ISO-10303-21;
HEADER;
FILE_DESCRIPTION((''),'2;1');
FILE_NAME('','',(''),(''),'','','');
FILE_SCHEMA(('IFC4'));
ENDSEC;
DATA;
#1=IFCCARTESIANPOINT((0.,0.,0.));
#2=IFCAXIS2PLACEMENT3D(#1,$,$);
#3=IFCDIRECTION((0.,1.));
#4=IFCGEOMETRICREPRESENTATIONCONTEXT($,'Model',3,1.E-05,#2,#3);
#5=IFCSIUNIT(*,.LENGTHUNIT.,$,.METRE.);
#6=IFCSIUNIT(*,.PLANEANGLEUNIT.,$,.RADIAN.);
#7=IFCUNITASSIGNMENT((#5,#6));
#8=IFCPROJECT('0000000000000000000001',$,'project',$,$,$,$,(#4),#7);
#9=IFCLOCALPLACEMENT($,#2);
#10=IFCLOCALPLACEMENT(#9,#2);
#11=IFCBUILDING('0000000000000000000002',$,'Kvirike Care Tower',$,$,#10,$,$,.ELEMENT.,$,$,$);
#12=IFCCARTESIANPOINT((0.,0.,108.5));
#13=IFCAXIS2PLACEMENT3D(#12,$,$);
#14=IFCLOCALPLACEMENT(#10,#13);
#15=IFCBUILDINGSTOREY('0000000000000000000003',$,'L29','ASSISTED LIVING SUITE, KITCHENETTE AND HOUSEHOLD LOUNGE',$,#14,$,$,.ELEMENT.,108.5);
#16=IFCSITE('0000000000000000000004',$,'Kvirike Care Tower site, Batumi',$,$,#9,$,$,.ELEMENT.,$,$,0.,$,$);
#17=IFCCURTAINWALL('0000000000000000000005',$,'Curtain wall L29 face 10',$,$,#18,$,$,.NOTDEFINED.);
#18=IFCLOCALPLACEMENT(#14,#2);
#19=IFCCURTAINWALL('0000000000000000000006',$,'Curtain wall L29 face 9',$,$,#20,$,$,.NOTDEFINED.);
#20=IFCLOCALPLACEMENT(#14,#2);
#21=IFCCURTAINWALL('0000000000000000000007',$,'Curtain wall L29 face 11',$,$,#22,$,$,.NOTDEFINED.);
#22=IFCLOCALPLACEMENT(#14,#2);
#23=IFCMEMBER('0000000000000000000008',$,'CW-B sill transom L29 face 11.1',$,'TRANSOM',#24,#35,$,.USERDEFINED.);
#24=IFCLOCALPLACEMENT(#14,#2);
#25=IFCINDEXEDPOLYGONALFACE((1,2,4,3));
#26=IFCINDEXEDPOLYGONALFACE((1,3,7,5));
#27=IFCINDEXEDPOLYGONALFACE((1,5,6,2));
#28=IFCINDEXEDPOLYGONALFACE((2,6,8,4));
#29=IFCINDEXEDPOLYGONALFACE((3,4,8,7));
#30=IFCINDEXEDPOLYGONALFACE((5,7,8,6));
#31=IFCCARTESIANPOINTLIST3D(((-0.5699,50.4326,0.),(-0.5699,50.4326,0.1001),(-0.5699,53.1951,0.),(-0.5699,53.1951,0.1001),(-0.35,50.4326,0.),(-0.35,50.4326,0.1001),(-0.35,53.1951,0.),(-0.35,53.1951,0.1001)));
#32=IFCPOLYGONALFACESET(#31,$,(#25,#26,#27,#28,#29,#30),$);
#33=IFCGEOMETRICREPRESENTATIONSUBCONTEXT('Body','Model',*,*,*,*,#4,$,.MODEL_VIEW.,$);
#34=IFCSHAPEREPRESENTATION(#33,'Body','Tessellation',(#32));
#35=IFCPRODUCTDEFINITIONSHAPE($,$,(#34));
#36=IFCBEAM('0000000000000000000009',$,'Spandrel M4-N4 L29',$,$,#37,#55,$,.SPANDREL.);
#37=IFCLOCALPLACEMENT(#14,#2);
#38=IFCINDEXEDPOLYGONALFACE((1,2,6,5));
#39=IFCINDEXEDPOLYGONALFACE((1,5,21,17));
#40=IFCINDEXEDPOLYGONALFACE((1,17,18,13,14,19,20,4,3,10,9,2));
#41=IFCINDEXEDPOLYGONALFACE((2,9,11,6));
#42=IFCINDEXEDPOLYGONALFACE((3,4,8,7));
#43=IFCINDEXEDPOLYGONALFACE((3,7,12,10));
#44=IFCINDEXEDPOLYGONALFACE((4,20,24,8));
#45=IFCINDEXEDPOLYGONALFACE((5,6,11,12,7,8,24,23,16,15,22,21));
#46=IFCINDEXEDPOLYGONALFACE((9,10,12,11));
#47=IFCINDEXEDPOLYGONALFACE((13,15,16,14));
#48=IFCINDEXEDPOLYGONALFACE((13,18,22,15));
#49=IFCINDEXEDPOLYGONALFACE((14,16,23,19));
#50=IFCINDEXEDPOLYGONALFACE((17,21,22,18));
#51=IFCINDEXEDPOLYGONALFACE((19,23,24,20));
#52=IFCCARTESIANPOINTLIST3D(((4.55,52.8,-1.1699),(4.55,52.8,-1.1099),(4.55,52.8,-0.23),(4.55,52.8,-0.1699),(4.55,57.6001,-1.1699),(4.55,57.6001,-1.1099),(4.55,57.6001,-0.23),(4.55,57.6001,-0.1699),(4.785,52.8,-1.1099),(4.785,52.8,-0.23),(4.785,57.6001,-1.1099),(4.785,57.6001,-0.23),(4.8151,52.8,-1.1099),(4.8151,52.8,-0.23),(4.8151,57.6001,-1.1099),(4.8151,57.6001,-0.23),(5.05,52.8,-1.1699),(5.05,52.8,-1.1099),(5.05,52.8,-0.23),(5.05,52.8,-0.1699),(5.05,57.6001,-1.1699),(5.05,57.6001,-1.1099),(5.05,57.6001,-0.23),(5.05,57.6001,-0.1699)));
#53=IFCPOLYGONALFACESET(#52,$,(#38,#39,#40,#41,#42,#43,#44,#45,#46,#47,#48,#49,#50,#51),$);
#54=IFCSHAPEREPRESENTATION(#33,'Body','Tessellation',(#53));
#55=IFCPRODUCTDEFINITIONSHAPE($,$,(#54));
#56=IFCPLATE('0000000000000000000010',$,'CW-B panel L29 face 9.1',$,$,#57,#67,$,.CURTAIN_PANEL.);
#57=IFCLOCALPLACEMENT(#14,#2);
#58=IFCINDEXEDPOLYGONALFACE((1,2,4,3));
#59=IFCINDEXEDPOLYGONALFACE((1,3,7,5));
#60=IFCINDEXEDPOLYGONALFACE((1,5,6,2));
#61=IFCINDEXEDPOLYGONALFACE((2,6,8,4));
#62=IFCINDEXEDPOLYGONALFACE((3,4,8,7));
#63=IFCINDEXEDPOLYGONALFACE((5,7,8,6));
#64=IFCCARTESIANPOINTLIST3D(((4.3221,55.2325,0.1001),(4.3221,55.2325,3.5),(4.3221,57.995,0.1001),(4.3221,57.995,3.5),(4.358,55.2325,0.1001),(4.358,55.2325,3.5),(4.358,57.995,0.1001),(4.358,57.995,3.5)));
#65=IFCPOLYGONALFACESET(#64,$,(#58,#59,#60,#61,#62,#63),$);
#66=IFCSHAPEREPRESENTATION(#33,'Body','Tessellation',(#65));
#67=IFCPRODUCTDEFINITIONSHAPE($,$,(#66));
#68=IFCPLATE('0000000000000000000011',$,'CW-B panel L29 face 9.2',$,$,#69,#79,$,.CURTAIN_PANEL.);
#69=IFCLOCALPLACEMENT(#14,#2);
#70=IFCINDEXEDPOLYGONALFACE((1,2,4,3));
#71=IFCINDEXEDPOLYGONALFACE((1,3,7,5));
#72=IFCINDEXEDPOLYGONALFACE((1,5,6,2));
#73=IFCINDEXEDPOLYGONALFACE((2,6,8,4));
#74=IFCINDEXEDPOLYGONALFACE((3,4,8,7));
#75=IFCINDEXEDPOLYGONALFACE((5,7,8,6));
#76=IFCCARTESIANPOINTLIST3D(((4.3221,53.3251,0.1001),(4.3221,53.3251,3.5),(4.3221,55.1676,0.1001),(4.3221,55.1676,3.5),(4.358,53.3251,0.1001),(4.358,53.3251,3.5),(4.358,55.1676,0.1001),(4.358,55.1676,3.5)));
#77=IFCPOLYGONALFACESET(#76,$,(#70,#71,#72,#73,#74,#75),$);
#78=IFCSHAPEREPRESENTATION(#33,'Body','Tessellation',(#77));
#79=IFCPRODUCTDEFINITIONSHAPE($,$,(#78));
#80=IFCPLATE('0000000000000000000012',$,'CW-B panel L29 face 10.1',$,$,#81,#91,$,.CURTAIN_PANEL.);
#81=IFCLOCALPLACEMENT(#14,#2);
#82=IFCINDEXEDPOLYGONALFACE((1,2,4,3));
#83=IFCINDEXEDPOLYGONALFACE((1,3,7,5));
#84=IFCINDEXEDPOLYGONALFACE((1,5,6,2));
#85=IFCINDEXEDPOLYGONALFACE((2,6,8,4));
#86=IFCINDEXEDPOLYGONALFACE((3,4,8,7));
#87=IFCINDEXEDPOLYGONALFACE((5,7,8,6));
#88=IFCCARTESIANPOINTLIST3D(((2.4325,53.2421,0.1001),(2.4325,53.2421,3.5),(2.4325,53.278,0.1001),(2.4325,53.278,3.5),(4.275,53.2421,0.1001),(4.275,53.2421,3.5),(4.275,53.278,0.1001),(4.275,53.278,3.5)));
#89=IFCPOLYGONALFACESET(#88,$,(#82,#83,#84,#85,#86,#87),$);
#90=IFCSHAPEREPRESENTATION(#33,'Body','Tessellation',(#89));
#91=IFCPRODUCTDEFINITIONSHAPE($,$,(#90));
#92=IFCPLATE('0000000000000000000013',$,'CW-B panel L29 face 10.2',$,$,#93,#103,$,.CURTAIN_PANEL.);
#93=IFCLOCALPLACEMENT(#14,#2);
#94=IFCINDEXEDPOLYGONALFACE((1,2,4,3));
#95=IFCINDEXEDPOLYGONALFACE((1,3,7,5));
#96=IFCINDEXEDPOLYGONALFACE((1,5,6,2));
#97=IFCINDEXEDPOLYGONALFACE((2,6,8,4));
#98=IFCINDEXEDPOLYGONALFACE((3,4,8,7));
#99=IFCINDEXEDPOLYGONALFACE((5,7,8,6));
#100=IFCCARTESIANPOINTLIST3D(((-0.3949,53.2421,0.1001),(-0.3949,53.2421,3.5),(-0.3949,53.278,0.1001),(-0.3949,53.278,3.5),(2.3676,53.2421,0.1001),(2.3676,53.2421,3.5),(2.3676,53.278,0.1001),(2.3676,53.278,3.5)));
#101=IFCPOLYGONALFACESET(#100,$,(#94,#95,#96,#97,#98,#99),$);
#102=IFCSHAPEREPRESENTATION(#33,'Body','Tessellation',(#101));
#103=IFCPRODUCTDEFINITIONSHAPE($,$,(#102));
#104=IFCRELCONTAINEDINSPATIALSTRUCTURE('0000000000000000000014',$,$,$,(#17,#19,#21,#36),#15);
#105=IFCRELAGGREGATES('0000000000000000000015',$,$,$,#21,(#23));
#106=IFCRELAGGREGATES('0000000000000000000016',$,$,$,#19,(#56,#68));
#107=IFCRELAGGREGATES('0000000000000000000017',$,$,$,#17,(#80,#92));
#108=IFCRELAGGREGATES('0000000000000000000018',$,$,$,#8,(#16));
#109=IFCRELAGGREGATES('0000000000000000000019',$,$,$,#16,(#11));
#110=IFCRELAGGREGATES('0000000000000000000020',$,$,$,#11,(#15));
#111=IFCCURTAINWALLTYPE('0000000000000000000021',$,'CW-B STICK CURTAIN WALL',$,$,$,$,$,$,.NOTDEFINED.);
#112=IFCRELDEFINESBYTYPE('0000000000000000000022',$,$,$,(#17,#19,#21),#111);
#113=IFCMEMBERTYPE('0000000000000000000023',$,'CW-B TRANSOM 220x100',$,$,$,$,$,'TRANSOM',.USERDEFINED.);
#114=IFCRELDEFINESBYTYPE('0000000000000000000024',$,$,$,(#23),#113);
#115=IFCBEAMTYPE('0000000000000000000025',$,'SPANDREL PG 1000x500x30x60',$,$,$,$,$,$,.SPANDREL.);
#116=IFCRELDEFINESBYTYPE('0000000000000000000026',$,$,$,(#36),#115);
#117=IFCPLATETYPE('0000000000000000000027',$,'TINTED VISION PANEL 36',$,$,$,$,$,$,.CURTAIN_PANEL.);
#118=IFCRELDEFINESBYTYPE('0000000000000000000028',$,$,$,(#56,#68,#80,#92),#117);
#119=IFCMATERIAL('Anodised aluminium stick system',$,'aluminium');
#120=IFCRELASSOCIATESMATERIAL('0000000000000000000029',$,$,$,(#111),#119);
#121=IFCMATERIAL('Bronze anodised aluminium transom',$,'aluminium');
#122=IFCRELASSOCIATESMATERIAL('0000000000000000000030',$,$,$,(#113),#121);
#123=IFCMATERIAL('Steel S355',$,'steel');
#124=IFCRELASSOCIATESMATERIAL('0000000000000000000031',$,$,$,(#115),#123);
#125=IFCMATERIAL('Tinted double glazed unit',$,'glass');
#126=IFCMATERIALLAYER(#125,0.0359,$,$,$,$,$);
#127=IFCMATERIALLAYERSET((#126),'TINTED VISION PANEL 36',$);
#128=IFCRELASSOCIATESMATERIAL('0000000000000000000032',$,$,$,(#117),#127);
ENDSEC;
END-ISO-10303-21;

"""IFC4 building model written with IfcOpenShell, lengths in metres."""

from ifc_helpers import new_model, si_unit, direction, frame, origin, origin_2d, place, context, subcontext, project, spatial, rectangle, i_section, extrude, material, layer, layer_set, material_profile, profile_set, type_object, element, aggregate, save


model = new_model("IFC4")

# Units and contexts
model_context = context("Model", 3, precision=1e-05, world=origin(), true_north=direction((0.0, 1.0)))
body_context = subcontext(model_context, "Body", "Model", "MODEL_VIEW")
ifc_project = project(units=[si_unit("LENGTHUNIT", "METRE"), si_unit("PLANEANGLEUNIT", "RADIAN")], contexts=[model_context])

# Site, building, storey
site_placement = place(None, origin())
site = spatial("IfcSite", under=ifc_project, at=site_placement, Name="Kvirike Care Tower site, Batumi", CompositionType="ELEMENT", RefElevation=0.0)
building_placement = place(site_placement, origin())
building = spatial("IfcBuilding", under=site, at=building_placement, Name="Kvirike Care Tower", CompositionType="ELEMENT")
storey_placement = place(building_placement, frame((0.0, 0.0, 108.5)))
storey = spatial("IfcBuildingStorey", under=building, at=storey_placement, Name="L29", Description="ASSISTED LIVING SUITE, KITCHENETTE AND HOUSEHOLD LOUNGE", CompositionType="ELEMENT", Elevation=108.5)

# Curtain wall
ifc_material_1 = material(Name="Anodised aluminium stick system", Category="aluminium")
curtain_wall_type = type_object("IfcCurtainWallType", Name="CW-B STICK CURTAIN WALL", PredefinedType="NOTDEFINED", material=ifc_material_1)
curtain_wall_1_placement = place(storey_placement, origin())
curtain_wall_1 = element("IfcCurtainWall", 1, at=curtain_wall_1_placement, inside=storey, type_object=curtain_wall_type, Name="Curtain wall L29 face 10", PredefinedType="NOTDEFINED")

# Curtain wall
curtain_wall_2_placement = place(storey_placement, origin())
curtain_wall_2 = element("IfcCurtainWall", 2, at=curtain_wall_2_placement, inside=storey, type_object=curtain_wall_type, Name="Curtain wall L29 face 9", PredefinedType="NOTDEFINED")

# Curtain wall
curtain_wall_3_placement = place(storey_placement, origin())
curtain_wall_3 = element("IfcCurtainWall", 3, at=curtain_wall_3_placement, inside=storey, type_object=curtain_wall_type, Name="Curtain wall L29 face 11", PredefinedType="NOTDEFINED")

# Member
ifc_material_2 = material(Name="Bronze anodised aluminium transom", Category="aluminium")
ifc_material_profile_1 = material_profile(ifc_material_2, rectangle(XDim=0.22, YDim=0.1001, at=origin_2d()), Name="CW-B TRANSOM 220x100")
ifc_profile_set_1 = profile_set([ifc_material_profile_1], Name="Bronze anodised aluminium transom")
member_type_1 = type_object("IfcMemberType", Name="CW-B TRANSOM 220x100", ElementType="TRANSOM", PredefinedType="USERDEFINED", material=ifc_profile_set_1)
member_1_placement = place(storey_placement, frame((-0.46, 53.1951, 0.05), z_axis=(0.0, -1.0, 0.0), x_axis=(1.0, 0.0, 0.0)))
member_1 = element("IfcMember", 4, at=member_1_placement, type_object=member_type_1, Name="CW-B sill transom L29 face 11.1", ObjectType="TRANSOM", PredefinedType="USERDEFINED", context=body_context, shape_type="SweptSolid", body=[
    extrude(rectangle(XDim=0.22, YDim=0.1001, at=origin_2d()), origin(), (0.0, 0.0, 1.0), 2.7625),
])
aggregate(curtain_wall_3, [member_1])

# Beam
ifc_material_3 = material(Name="Steel S355", Category="steel")
ifc_material_profile_2 = material_profile(ifc_material_3, i_section(OverallWidth=0.5, OverallDepth=1.0, WebThickness=0.03, FlangeThickness=0.0601, at=origin_2d()), Name="PG 1000x500x30x60")
ifc_profile_set_2 = profile_set([ifc_material_profile_2], Name="Steel S355")
beam_type = type_object("IfcBeamType", Name="SPANDREL PG 1000x500x30x60", PredefinedType="SPANDREL", material=ifc_profile_set_2)
beam_placement = place(storey_placement, frame((4.8, 52.8, -0.6699), z_axis=(0.0, 1.0, 0.0), x_axis=(-1.0, 0.0, 0.0)))
element("IfcBeam", 5, at=beam_placement, inside=storey, type_object=beam_type, Name="Spandrel M4-N4 L29", PredefinedType="SPANDREL", context=body_context, shape_type="SweptSolid", body=[
    extrude(i_section(OverallWidth=0.5, OverallDepth=1.0, WebThickness=0.03, FlangeThickness=0.0601, at=origin_2d()), origin(), (0.0, 0.0, 1.0), 4.8),
])

# Plates
ifc_material_4 = material(Name="Tinted double glazed unit", Category="glass")
ifc_layer = layer(ifc_material_4, 0.0359)
ifc_layer_set = layer_set([ifc_layer], Name="TINTED VISION PANEL 36")
plate_type = type_object("IfcPlateType", Name="TINTED VISION PANEL 36", PredefinedType="CURTAIN_PANEL", material=ifc_layer_set)
plate_1_placement = place(storey_placement, frame((4.3401, 56.6138, 0.1001), z_axis=(0.0, 0.0, 1.0), x_axis=(0.0, -1.0, 0.0)))
plate_1 = element("IfcPlate", 6, at=plate_1_placement, type_object=plate_type, Name="CW-B panel L29 face 9.1", PredefinedType="CURTAIN_PANEL", context=body_context, shape_type="SweptSolid", body=[
    extrude(rectangle(XDim=2.7625, YDim=0.0359, at=origin_2d()), origin(), (0.0, 0.0, 1.0), 3.3999),
])
plate_2_placement = place(storey_placement, frame((4.3401, 54.2463, 0.1001), z_axis=(0.0, 0.0, 1.0), x_axis=(0.0, -1.0, 0.0)))
plate_2 = element("IfcPlate", 7, at=plate_2_placement, type_object=plate_type, Name="CW-B panel L29 face 9.2", PredefinedType="CURTAIN_PANEL", context=body_context, shape_type="SweptSolid", body=[
    extrude(rectangle(XDim=1.8425, YDim=0.0359, at=origin_2d()), origin(), (0.0, 0.0, 1.0), 3.3999),
])
aggregate(curtain_wall_2, [plate_1, plate_2])
plate_3_placement = place(storey_placement, frame((3.3538, 53.26, 0.1001), z_axis=(0.0, 0.0, 1.0), x_axis=(-1.0, 0.0, 0.0)))
plate_3 = element("IfcPlate", 8, at=plate_3_placement, type_object=plate_type, Name="CW-B panel L29 face 10.1", PredefinedType="CURTAIN_PANEL", context=body_context, shape_type="SweptSolid", body=[
    extrude(rectangle(XDim=1.8425, YDim=0.0359, at=origin_2d()), origin(), (0.0, 0.0, 1.0), 3.3999),
])
plate_4_placement = place(storey_placement, frame((0.9863, 53.26, 0.1001), z_axis=(0.0, 0.0, 1.0), x_axis=(-1.0, 0.0, 0.0)))
plate_4 = element("IfcPlate", 9, at=plate_4_placement, type_object=plate_type, Name="CW-B panel L29 face 10.2", PredefinedType="CURTAIN_PANEL", context=body_context, shape_type="SweptSolid", body=[
    extrude(rectangle(XDim=2.7625, YDim=0.0359, at=origin_2d()), origin(), (0.0, 0.0, 1.0), 3.3999),
])
aggregate(curtain_wall_1, [plate_3, plate_4])

save(model, "model.ifc")
